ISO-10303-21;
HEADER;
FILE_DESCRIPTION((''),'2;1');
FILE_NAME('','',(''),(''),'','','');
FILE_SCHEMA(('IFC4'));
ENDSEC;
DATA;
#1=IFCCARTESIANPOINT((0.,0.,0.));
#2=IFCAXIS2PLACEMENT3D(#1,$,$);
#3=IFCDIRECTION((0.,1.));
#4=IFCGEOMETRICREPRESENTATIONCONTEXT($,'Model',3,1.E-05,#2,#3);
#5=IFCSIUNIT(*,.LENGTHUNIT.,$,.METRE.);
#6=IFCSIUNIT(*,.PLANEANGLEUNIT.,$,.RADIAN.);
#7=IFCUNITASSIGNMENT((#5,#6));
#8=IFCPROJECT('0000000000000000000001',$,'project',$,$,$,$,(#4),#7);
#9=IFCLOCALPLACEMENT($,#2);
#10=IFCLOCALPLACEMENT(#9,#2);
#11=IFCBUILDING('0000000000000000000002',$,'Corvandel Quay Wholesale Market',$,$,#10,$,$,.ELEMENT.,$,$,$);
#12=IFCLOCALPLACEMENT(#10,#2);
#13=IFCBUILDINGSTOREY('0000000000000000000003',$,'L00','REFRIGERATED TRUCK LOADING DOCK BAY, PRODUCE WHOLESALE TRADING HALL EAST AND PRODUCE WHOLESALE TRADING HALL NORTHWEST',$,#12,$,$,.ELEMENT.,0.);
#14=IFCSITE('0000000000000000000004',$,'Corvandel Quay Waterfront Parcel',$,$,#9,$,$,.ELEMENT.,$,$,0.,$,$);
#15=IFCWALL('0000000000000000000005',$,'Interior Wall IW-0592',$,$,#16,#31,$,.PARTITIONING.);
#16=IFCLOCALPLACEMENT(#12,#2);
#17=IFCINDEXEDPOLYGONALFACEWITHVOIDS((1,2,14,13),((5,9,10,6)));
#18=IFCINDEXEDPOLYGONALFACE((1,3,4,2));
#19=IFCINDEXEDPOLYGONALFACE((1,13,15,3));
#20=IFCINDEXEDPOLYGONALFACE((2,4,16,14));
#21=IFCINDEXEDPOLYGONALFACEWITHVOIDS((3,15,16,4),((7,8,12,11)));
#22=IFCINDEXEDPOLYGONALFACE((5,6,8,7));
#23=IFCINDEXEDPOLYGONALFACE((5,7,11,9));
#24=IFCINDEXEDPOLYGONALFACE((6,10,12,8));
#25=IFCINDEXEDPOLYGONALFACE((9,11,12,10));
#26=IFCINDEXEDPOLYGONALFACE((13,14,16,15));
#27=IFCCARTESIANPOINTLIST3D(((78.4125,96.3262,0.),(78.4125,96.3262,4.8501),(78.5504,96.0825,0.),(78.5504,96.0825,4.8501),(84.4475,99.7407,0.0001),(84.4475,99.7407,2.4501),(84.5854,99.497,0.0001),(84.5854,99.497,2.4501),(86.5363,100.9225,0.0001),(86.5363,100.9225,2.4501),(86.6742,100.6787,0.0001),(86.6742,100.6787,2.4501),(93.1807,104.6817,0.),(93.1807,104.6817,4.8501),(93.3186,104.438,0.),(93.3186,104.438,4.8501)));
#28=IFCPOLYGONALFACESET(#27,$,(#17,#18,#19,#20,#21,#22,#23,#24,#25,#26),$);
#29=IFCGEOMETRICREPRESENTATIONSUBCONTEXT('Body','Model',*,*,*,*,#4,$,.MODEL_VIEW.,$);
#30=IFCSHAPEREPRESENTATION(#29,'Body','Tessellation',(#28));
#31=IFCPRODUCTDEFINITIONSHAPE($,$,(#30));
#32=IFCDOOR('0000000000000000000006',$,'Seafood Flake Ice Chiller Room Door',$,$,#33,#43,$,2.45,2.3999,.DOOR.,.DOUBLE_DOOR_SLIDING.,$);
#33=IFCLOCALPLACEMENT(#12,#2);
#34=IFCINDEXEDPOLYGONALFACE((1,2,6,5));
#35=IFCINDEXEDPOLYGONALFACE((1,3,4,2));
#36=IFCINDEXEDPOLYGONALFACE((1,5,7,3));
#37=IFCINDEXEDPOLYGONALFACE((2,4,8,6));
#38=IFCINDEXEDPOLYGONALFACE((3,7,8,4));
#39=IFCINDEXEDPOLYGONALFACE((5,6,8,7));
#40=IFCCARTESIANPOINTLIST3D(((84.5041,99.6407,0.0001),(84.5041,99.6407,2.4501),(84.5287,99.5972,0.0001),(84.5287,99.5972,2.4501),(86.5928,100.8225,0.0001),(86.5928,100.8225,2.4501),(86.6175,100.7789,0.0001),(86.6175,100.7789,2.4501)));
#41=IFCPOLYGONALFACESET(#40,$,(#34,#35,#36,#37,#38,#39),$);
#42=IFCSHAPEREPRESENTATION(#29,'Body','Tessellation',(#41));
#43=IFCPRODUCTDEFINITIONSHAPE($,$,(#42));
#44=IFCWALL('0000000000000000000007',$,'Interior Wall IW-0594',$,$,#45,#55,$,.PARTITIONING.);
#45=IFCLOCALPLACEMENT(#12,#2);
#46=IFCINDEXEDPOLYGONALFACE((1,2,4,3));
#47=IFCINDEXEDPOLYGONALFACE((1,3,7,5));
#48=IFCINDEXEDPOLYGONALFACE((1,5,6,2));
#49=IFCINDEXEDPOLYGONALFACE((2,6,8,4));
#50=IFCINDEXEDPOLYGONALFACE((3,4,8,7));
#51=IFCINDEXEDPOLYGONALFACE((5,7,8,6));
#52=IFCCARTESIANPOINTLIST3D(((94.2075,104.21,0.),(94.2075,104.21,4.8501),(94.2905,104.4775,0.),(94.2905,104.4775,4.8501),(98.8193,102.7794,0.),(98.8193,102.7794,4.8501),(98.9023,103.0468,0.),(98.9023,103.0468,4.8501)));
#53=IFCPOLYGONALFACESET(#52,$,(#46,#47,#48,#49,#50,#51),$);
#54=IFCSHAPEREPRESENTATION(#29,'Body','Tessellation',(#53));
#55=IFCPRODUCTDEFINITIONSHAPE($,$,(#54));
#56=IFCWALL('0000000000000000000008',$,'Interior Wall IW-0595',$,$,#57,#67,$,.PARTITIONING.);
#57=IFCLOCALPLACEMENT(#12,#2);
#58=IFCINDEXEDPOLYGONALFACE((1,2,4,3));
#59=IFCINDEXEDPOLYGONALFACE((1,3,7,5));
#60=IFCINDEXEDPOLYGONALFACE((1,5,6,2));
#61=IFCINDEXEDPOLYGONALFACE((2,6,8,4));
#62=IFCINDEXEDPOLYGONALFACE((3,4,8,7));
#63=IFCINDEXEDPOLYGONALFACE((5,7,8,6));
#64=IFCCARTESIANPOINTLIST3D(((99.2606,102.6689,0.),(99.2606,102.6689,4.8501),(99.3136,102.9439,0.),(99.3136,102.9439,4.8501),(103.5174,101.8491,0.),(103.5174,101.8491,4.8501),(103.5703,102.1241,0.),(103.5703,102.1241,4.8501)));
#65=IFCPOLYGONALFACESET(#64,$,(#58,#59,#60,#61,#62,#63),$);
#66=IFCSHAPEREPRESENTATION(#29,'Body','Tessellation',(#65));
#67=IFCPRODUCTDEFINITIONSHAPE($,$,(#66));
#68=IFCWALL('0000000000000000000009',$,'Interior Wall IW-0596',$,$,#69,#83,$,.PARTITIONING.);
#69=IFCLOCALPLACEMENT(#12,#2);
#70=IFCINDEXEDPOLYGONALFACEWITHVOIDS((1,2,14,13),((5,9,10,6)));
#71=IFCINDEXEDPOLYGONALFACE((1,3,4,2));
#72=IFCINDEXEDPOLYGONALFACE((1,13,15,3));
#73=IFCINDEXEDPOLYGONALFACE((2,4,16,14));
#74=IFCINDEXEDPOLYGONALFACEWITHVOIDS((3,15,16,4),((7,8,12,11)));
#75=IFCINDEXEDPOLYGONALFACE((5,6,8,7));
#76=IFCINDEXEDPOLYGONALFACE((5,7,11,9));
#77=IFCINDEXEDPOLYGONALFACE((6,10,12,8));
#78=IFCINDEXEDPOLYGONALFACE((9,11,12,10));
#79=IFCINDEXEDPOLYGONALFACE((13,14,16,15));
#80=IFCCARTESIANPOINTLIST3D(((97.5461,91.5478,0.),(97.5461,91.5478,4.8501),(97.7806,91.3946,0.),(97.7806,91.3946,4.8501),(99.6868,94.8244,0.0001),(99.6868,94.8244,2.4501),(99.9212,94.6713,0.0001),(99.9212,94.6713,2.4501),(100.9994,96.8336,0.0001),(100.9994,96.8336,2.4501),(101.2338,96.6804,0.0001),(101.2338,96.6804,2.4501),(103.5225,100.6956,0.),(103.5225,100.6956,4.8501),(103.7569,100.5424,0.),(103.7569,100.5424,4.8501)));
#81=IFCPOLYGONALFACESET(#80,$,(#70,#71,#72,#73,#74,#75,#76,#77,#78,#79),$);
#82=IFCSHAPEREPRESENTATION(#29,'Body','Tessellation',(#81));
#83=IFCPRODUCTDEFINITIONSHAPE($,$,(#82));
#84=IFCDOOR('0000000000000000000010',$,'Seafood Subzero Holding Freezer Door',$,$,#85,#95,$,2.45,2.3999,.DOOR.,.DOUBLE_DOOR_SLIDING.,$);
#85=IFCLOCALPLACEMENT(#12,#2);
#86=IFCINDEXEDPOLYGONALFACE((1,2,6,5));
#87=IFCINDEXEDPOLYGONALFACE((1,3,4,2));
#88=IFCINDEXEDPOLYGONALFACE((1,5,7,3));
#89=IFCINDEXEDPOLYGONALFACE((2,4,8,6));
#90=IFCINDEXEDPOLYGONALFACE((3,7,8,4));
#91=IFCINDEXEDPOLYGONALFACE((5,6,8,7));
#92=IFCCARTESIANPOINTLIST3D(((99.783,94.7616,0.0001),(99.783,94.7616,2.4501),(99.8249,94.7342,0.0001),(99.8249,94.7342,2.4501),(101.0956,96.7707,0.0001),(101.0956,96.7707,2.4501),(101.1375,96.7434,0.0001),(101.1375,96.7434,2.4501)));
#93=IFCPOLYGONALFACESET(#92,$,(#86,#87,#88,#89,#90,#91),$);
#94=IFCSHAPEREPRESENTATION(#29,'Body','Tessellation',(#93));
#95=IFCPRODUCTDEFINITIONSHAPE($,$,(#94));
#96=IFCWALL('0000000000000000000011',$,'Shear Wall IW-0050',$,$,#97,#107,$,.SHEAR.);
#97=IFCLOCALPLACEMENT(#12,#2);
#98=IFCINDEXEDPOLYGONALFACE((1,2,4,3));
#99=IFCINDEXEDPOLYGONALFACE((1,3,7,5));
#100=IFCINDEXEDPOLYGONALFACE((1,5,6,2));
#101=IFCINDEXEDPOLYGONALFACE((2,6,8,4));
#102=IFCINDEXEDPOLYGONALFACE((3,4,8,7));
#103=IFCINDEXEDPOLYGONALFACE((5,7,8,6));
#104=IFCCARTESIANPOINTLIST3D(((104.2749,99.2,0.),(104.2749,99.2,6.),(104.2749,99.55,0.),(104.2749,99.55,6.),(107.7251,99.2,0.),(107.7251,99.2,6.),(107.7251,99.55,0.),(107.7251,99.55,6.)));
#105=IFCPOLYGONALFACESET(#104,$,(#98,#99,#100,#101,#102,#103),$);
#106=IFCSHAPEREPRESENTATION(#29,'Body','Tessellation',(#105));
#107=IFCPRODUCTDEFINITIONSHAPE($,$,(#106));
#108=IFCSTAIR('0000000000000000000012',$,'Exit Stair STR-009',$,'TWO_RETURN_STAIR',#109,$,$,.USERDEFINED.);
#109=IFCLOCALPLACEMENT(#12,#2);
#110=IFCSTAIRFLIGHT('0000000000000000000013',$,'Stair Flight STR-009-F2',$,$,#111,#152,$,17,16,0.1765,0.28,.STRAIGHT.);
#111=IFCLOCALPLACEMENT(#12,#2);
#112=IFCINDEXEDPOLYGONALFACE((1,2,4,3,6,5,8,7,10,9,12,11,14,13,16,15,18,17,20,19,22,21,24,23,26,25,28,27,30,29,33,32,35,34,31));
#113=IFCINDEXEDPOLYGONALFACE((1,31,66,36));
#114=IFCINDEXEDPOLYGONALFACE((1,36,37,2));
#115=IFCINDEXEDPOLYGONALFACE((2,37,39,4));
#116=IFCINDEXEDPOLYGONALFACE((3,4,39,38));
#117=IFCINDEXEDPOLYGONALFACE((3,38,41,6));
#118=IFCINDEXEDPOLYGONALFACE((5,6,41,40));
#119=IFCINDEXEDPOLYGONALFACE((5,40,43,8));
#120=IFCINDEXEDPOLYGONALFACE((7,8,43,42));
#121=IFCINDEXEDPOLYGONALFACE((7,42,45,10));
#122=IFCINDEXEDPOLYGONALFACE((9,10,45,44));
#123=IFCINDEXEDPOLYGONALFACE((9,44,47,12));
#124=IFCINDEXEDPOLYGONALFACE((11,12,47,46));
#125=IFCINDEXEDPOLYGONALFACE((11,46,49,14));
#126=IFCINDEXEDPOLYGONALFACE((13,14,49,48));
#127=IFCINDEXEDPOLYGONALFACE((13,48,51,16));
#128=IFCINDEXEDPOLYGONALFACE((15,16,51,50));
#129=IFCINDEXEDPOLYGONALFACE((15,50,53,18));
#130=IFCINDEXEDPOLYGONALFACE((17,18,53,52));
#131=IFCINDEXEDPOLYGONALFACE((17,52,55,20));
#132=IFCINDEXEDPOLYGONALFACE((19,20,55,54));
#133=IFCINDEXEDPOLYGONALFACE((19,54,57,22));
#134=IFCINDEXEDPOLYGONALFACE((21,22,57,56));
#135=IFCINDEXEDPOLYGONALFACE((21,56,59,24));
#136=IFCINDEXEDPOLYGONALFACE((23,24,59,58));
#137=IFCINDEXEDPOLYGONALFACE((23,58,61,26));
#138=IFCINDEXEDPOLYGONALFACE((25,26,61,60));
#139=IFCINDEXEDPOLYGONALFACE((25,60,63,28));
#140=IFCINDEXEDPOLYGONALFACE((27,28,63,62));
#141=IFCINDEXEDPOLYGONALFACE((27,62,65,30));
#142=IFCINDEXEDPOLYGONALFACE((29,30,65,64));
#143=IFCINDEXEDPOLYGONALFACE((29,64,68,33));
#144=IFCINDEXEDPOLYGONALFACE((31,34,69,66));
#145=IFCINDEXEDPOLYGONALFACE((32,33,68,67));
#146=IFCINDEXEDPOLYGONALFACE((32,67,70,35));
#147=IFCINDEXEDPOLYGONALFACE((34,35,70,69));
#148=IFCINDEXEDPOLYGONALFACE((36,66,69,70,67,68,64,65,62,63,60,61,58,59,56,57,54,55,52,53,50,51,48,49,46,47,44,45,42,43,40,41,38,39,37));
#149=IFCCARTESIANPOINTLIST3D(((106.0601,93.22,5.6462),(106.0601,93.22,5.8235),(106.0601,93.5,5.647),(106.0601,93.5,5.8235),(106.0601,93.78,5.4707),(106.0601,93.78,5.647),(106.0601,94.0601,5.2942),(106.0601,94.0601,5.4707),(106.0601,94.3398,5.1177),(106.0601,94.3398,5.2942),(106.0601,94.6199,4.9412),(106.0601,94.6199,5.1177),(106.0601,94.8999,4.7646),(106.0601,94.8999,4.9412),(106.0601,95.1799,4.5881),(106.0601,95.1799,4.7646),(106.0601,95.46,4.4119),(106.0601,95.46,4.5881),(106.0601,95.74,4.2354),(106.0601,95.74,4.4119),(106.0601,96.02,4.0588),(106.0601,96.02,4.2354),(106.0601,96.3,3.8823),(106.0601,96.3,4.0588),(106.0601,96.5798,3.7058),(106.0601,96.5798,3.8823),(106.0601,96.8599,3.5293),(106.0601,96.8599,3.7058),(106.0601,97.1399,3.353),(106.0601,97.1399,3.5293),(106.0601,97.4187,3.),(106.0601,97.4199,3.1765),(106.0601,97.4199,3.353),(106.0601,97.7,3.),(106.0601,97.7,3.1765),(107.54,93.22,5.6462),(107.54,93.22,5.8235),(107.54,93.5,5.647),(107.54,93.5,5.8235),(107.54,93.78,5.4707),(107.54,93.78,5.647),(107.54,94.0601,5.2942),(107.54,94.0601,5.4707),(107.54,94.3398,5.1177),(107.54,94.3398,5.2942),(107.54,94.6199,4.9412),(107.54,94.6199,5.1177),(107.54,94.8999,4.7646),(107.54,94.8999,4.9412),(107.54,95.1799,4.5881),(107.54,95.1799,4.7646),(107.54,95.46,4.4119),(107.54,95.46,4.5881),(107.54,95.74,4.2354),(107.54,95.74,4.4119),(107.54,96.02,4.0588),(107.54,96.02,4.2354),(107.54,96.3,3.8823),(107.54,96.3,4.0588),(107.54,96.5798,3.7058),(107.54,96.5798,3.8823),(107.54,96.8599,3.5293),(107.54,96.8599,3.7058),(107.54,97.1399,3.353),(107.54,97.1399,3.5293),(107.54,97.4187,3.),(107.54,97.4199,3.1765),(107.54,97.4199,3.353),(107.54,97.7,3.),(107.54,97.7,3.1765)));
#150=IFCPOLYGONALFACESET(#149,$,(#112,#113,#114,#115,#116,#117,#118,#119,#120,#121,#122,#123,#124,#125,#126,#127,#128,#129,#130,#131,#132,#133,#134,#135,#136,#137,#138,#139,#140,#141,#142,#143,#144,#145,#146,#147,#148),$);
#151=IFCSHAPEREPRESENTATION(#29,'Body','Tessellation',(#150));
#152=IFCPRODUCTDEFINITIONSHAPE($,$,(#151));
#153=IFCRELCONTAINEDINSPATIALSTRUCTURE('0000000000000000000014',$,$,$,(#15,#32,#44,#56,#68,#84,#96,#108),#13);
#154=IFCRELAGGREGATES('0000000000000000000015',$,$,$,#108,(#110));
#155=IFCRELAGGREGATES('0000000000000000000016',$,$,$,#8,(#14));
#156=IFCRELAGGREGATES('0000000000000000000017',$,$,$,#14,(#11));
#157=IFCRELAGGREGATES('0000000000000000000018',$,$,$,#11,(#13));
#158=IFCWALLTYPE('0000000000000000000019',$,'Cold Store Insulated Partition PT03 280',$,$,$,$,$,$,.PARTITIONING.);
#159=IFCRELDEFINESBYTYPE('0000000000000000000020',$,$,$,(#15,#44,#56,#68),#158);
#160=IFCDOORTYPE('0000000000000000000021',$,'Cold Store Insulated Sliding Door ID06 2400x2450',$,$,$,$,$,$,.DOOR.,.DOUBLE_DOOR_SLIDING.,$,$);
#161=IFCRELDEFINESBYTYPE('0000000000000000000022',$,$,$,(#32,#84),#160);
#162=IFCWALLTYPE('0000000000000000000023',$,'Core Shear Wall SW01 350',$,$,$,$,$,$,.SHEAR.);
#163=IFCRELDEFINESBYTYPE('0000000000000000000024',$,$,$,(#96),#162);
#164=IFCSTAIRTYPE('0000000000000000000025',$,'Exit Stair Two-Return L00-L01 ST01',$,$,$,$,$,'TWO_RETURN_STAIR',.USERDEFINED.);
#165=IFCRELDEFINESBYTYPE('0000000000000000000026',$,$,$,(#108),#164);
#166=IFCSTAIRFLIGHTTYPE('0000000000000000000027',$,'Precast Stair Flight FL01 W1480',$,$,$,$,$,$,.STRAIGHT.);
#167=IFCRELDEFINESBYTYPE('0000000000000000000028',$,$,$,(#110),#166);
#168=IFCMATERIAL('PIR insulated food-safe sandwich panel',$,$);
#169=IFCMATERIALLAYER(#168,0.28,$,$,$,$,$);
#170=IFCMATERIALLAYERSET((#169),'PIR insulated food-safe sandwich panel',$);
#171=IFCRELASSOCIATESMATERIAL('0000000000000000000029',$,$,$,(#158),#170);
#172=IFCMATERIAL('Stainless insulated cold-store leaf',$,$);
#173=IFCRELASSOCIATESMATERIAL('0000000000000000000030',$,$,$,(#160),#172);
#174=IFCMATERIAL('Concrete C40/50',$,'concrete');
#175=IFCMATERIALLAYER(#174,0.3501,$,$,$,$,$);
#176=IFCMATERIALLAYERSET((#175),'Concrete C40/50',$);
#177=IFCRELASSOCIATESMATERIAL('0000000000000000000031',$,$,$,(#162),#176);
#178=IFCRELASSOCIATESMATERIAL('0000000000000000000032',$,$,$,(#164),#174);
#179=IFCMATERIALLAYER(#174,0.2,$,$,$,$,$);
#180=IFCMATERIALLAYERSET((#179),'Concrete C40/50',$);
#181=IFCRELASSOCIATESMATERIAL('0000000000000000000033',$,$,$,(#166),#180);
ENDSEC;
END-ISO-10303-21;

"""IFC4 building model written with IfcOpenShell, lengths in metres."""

from ifc_helpers import new_model, si_unit, direction, frame, frame_2d, origin, place, context, subcontext, project, spatial, polyline, rectangle, outline, extrude, material, layer, layer_set, type_object, element, fill, aggregate, save


model = new_model("IFC4")

# Units and contexts
model_context = context("Model", 3, precision=1e-05, world=origin(), true_north=direction((0.0, 1.0)))
body_context = subcontext(model_context, "Body", "Model", "MODEL_VIEW")
ifc_project = project(units=[si_unit("LENGTHUNIT", "METRE"), si_unit("PLANEANGLEUNIT", "RADIAN")], contexts=[model_context])

# Site, building, storey
site_placement = place(None, origin())
site = spatial("IfcSite", under=ifc_project, at=site_placement, Name="Corvandel Quay Waterfront Parcel", CompositionType="ELEMENT", RefElevation=0.0)
building_placement = place(site_placement, origin())
building = spatial("IfcBuilding", under=site, at=building_placement, Name="Corvandel Quay Wholesale Market", CompositionType="ELEMENT")
storey_placement = place(building_placement, origin())
storey = spatial("IfcBuildingStorey", under=building, at=storey_placement, Name="L00", Description="REFRIGERATED TRUCK LOADING DOCK BAY, PRODUCE WHOLESALE TRADING HALL EAST AND PRODUCE WHOLESALE TRADING HALL NORTHWEST", CompositionType="ELEMENT", Elevation=0.0)

# Shared definitions
ifc_material_1 = material(Name="Concrete C40/50", Category="concrete")

# Wall, opening, door
ifc_material_2 = material(Name="PIR insulated food-safe sandwich panel")
ifc_layer_1 = layer(ifc_material_2, 0.28)
ifc_layer_set_1 = layer_set([ifc_layer_1], Name="PIR insulated food-safe sandwich panel")
wall_type_1 = type_object("IfcWallType", Name="Cold Store Insulated Partition PT03 280", PredefinedType="PARTITIONING", material=ifc_layer_set_1)
wall_1_placement = place(storey_placement, frame((93.2495, 104.5598, 0.0), z_axis=(0.0, 0.0, 1.0), x_axis=(-0.870353, -0.492428, 0.0)))
wall_1 = element("IfcWall", 1, at=wall_1_placement, inside=storey, type_object=wall_type_1, Name="Interior Wall IW-0592", PredefinedType="PARTITIONING", context=body_context, shape_type="SweptSolid", body=[
    extrude(rectangle(XDim=16.968, YDim=0.28, at=frame_2d((8.4839, 0.0))), origin(), (0.0, 0.0, 1.0), 4.8501),
])
opening_1_placement = place(wall_1_placement, frame((7.634, 0.0, 0.0)))
opening_1 = element("IfcOpeningElement", 2, at=opening_1_placement, cuts=wall_1, PredefinedType="OPENING", context=body_context, shape_type="SweptSolid", body=[
    extrude(rectangle(XDim=2.3999, YDim=2.45, at=frame_2d((1.2, 1.2251))), frame((0.0, 0.1499, 0.0), z_axis=(0.0, -1.0, 0.0), x_axis=(1.0, 0.0, 0.0)), (0.0, 0.0, 1.0), 0.3),
])
ifc_material_3 = material(Name="Stainless insulated cold-store leaf")
door_type = type_object("IfcDoorType", Name="Cold Store Insulated Sliding Door ID06 2400x2450", OperationType="DOUBLE_DOOR_SLIDING", PredefinedType="DOOR", material=ifc_material_3)
door_1_placement = place(opening_1_placement, origin())
door_1 = element("IfcDoor", 3, at=door_1_placement, inside=storey, type_object=door_type, Name="Seafood Flake Ice Chiller Room Door", OperationType="DOUBLE_DOOR_SLIDING", OverallHeight=2.45, OverallWidth=2.3999, PredefinedType="DOOR", context=body_context, shape_type="SweptSolid", body=[
    extrude(rectangle(XDim=2.3999, YDim=2.45, at=frame_2d((1.2, 1.2251))), frame((0.0, 0.0249, 0.0), z_axis=(0.0, -1.0, 0.0), x_axis=(1.0, 0.0, 0.0)), (0.0, 0.0, 1.0), 0.05),
])
fill(opening_1, door_1)

# Walls
wall_2_placement = place(storey_placement, frame((94.249, 104.3438, 0.0), z_axis=(0.0, 0.0, 1.0), x_axis=(0.955099, -0.296288, 0.0)))
element("IfcWall", 4, at=wall_2_placement, inside=storey, type_object=wall_type_1, Name="Interior Wall IW-0594", PredefinedType="PARTITIONING", context=body_context, shape_type="SweptSolid", body=[
    extrude(rectangle(XDim=4.8286, YDim=0.28, at=frame_2d((2.4143, 0.0))), origin(), (0.0, 0.0, 1.0), 4.8501),
])
wall_3_placement = place(storey_placement, frame((99.2871, 102.8064, 0.0), z_axis=(0.0, 0.0, 1.0), x_axis=(0.981955, -0.189115, 0.0)))
element("IfcWall", 5, at=wall_3_placement, inside=storey, type_object=wall_type_1, Name="Interior Wall IW-0595", PredefinedType="PARTITIONING", context=body_context, shape_type="SweptSolid", body=[
    extrude(rectangle(XDim=4.335, YDim=0.28, at=frame_2d((2.1675, 0.0))), origin(), (0.0, 0.0, 1.0), 4.8501),
])

# Wall, opening, door
wall_4_placement = place(storey_placement, frame((103.6396, 100.6189, 0.0), z_axis=(0.0, 0.0, 1.0), x_axis=(-0.546937, -0.837174, 0.0)))
wall_4 = element("IfcWall", 6, at=wall_4_placement, inside=storey, type_object=wall_type_1, Name="Interior Wall IW-0596", PredefinedType="PARTITIONING", context=body_context, shape_type="SweptSolid", body=[
    extrude(rectangle(XDim=10.927, YDim=0.28, at=frame_2d((5.4634, 0.0))), origin(), (0.0, 0.0, 1.0), 4.8501),
])
opening_2_placement = place(wall_4_placement, frame((4.613, 0.0, 0.0)))
opening_2 = element("IfcOpeningElement", 7, at=opening_2_placement, cuts=wall_4, PredefinedType="OPENING", context=body_context, shape_type="SweptSolid", body=[
    extrude(rectangle(XDim=2.3999, YDim=2.45, at=frame_2d((1.2, 1.2251))), frame((0.0, 0.1499, 0.0), z_axis=(0.0, -1.0, 0.0), x_axis=(1.0, 0.0, 0.0)), (0.0, 0.0, 1.0), 0.3),
])
door_2_placement = place(opening_2_placement, origin())
door_2 = element("IfcDoor", 8, at=door_2_placement, inside=storey, type_object=door_type, Name="Seafood Subzero Holding Freezer Door", OperationType="DOUBLE_DOOR_SLIDING", OverallHeight=2.45, OverallWidth=2.3999, PredefinedType="DOOR", context=body_context, shape_type="SweptSolid", body=[
    extrude(rectangle(XDim=2.3999, YDim=2.45, at=frame_2d((1.2, 1.2251))), frame((0.0, 0.0249, 0.0), z_axis=(0.0, -1.0, 0.0), x_axis=(1.0, 0.0, 0.0)), (0.0, 0.0, 1.0), 0.05),
])
fill(opening_2, door_2)

# Wall
ifc_layer_2 = layer(ifc_material_1, 0.3501)
ifc_layer_set_2 = layer_set([ifc_layer_2], Name="Concrete C40/50")
wall_type_2 = type_object("IfcWallType", Name="Core Shear Wall SW01 350", PredefinedType="SHEAR", material=ifc_layer_set_2)
wall_5_placement = place(storey_placement, frame((104.2749, 99.375, 0.0), z_axis=(0.0, 0.0, 1.0), x_axis=(1.0, 0.0, 0.0)))
element("IfcWall", 9, at=wall_5_placement, inside=storey, type_object=wall_type_2, Name="Shear Wall IW-0050", PredefinedType="SHEAR", context=body_context, shape_type="SweptSolid", body=[
    extrude(rectangle(XDim=3.4502, YDim=0.3501, at=frame_2d((1.7251, 0.0))), origin(), (0.0, 0.0, 1.0), 6.0),
])

# Stair, stair flight
stair_type = type_object("IfcStairType", Name="Exit Stair Two-Return L00-L01 ST01", ElementType="TWO_RETURN_STAIR", PredefinedType="USERDEFINED", material=ifc_material_1)
stair_placement = place(storey_placement, origin())
stair = element("IfcStair", 10, at=stair_placement, inside=storey, type_object=stair_type, Name="Exit Stair STR-009", ObjectType="TWO_RETURN_STAIR", PredefinedType="USERDEFINED")
ifc_layer_3 = layer(ifc_material_1, 0.2)
ifc_layer_set_3 = layer_set([ifc_layer_3], Name="Concrete C40/50")
stair_flight_type = type_object("IfcStairFlightType", Name="Precast Stair Flight FL01 W1480", PredefinedType="STRAIGHT", material=ifc_layer_set_3)
stair_flight_placement = place(storey_placement, frame((106.8, 97.7, 3.0), z_axis=(0.0, 0.0, 1.0), x_axis=(0.0, -1.0, 0.0)))
stair_flight = element("IfcStairFlight", 11, at=stair_flight_placement, type_object=stair_flight_type, Name="Stair Flight STR-009-F2", NumberOfRisers=17, NumberOfTreads=16, PredefinedType="STRAIGHT", RiserHeight=0.1765, TreadLength=0.28, context=body_context, shape_type="SweptSolid", body=[
    extrude(outline(polyline([(0.0, 0.0), (0.0, 0.1765), (0.28, 0.1765), (0.28, 0.353), (0.5601, 0.353), (0.5601, 0.5293), (0.8401, 0.5293), (0.8401, 0.7058), (1.1201, 0.7058), (1.1201, 0.8823), (1.3999, 0.8823), (1.3999, 1.0588), (1.6799, 1.0588), (1.6799, 1.2354), (1.96, 1.2354), (1.96, 1.4119), (2.24, 1.4119), (2.24, 1.5881), (2.52, 1.5881), (2.52, 1.7646), (2.8, 1.7646), (2.8, 1.9412), (3.0801, 1.9412), (3.0801, 2.1177), (3.3601, 2.1177), (3.3601, 2.2942), (3.6399, 2.2942), (3.6399, 2.4707), (3.9199, 2.4707), (3.9199, 2.647), (4.2, 2.647), (4.2, 2.8235), (4.48, 2.8235), (4.48, 3.0), (4.48, 2.6462), (0.2812, 0.0), (0.0, 0.0)])), frame((0.0, 0.74, 0.0), z_axis=(0.0, -1.0, 0.0), x_axis=(1.0, 0.0, 0.0)), (0.0, 0.0, 1.0), 1.48),
])
aggregate(stair, [stair_flight])

save(model, "model.ifc")
